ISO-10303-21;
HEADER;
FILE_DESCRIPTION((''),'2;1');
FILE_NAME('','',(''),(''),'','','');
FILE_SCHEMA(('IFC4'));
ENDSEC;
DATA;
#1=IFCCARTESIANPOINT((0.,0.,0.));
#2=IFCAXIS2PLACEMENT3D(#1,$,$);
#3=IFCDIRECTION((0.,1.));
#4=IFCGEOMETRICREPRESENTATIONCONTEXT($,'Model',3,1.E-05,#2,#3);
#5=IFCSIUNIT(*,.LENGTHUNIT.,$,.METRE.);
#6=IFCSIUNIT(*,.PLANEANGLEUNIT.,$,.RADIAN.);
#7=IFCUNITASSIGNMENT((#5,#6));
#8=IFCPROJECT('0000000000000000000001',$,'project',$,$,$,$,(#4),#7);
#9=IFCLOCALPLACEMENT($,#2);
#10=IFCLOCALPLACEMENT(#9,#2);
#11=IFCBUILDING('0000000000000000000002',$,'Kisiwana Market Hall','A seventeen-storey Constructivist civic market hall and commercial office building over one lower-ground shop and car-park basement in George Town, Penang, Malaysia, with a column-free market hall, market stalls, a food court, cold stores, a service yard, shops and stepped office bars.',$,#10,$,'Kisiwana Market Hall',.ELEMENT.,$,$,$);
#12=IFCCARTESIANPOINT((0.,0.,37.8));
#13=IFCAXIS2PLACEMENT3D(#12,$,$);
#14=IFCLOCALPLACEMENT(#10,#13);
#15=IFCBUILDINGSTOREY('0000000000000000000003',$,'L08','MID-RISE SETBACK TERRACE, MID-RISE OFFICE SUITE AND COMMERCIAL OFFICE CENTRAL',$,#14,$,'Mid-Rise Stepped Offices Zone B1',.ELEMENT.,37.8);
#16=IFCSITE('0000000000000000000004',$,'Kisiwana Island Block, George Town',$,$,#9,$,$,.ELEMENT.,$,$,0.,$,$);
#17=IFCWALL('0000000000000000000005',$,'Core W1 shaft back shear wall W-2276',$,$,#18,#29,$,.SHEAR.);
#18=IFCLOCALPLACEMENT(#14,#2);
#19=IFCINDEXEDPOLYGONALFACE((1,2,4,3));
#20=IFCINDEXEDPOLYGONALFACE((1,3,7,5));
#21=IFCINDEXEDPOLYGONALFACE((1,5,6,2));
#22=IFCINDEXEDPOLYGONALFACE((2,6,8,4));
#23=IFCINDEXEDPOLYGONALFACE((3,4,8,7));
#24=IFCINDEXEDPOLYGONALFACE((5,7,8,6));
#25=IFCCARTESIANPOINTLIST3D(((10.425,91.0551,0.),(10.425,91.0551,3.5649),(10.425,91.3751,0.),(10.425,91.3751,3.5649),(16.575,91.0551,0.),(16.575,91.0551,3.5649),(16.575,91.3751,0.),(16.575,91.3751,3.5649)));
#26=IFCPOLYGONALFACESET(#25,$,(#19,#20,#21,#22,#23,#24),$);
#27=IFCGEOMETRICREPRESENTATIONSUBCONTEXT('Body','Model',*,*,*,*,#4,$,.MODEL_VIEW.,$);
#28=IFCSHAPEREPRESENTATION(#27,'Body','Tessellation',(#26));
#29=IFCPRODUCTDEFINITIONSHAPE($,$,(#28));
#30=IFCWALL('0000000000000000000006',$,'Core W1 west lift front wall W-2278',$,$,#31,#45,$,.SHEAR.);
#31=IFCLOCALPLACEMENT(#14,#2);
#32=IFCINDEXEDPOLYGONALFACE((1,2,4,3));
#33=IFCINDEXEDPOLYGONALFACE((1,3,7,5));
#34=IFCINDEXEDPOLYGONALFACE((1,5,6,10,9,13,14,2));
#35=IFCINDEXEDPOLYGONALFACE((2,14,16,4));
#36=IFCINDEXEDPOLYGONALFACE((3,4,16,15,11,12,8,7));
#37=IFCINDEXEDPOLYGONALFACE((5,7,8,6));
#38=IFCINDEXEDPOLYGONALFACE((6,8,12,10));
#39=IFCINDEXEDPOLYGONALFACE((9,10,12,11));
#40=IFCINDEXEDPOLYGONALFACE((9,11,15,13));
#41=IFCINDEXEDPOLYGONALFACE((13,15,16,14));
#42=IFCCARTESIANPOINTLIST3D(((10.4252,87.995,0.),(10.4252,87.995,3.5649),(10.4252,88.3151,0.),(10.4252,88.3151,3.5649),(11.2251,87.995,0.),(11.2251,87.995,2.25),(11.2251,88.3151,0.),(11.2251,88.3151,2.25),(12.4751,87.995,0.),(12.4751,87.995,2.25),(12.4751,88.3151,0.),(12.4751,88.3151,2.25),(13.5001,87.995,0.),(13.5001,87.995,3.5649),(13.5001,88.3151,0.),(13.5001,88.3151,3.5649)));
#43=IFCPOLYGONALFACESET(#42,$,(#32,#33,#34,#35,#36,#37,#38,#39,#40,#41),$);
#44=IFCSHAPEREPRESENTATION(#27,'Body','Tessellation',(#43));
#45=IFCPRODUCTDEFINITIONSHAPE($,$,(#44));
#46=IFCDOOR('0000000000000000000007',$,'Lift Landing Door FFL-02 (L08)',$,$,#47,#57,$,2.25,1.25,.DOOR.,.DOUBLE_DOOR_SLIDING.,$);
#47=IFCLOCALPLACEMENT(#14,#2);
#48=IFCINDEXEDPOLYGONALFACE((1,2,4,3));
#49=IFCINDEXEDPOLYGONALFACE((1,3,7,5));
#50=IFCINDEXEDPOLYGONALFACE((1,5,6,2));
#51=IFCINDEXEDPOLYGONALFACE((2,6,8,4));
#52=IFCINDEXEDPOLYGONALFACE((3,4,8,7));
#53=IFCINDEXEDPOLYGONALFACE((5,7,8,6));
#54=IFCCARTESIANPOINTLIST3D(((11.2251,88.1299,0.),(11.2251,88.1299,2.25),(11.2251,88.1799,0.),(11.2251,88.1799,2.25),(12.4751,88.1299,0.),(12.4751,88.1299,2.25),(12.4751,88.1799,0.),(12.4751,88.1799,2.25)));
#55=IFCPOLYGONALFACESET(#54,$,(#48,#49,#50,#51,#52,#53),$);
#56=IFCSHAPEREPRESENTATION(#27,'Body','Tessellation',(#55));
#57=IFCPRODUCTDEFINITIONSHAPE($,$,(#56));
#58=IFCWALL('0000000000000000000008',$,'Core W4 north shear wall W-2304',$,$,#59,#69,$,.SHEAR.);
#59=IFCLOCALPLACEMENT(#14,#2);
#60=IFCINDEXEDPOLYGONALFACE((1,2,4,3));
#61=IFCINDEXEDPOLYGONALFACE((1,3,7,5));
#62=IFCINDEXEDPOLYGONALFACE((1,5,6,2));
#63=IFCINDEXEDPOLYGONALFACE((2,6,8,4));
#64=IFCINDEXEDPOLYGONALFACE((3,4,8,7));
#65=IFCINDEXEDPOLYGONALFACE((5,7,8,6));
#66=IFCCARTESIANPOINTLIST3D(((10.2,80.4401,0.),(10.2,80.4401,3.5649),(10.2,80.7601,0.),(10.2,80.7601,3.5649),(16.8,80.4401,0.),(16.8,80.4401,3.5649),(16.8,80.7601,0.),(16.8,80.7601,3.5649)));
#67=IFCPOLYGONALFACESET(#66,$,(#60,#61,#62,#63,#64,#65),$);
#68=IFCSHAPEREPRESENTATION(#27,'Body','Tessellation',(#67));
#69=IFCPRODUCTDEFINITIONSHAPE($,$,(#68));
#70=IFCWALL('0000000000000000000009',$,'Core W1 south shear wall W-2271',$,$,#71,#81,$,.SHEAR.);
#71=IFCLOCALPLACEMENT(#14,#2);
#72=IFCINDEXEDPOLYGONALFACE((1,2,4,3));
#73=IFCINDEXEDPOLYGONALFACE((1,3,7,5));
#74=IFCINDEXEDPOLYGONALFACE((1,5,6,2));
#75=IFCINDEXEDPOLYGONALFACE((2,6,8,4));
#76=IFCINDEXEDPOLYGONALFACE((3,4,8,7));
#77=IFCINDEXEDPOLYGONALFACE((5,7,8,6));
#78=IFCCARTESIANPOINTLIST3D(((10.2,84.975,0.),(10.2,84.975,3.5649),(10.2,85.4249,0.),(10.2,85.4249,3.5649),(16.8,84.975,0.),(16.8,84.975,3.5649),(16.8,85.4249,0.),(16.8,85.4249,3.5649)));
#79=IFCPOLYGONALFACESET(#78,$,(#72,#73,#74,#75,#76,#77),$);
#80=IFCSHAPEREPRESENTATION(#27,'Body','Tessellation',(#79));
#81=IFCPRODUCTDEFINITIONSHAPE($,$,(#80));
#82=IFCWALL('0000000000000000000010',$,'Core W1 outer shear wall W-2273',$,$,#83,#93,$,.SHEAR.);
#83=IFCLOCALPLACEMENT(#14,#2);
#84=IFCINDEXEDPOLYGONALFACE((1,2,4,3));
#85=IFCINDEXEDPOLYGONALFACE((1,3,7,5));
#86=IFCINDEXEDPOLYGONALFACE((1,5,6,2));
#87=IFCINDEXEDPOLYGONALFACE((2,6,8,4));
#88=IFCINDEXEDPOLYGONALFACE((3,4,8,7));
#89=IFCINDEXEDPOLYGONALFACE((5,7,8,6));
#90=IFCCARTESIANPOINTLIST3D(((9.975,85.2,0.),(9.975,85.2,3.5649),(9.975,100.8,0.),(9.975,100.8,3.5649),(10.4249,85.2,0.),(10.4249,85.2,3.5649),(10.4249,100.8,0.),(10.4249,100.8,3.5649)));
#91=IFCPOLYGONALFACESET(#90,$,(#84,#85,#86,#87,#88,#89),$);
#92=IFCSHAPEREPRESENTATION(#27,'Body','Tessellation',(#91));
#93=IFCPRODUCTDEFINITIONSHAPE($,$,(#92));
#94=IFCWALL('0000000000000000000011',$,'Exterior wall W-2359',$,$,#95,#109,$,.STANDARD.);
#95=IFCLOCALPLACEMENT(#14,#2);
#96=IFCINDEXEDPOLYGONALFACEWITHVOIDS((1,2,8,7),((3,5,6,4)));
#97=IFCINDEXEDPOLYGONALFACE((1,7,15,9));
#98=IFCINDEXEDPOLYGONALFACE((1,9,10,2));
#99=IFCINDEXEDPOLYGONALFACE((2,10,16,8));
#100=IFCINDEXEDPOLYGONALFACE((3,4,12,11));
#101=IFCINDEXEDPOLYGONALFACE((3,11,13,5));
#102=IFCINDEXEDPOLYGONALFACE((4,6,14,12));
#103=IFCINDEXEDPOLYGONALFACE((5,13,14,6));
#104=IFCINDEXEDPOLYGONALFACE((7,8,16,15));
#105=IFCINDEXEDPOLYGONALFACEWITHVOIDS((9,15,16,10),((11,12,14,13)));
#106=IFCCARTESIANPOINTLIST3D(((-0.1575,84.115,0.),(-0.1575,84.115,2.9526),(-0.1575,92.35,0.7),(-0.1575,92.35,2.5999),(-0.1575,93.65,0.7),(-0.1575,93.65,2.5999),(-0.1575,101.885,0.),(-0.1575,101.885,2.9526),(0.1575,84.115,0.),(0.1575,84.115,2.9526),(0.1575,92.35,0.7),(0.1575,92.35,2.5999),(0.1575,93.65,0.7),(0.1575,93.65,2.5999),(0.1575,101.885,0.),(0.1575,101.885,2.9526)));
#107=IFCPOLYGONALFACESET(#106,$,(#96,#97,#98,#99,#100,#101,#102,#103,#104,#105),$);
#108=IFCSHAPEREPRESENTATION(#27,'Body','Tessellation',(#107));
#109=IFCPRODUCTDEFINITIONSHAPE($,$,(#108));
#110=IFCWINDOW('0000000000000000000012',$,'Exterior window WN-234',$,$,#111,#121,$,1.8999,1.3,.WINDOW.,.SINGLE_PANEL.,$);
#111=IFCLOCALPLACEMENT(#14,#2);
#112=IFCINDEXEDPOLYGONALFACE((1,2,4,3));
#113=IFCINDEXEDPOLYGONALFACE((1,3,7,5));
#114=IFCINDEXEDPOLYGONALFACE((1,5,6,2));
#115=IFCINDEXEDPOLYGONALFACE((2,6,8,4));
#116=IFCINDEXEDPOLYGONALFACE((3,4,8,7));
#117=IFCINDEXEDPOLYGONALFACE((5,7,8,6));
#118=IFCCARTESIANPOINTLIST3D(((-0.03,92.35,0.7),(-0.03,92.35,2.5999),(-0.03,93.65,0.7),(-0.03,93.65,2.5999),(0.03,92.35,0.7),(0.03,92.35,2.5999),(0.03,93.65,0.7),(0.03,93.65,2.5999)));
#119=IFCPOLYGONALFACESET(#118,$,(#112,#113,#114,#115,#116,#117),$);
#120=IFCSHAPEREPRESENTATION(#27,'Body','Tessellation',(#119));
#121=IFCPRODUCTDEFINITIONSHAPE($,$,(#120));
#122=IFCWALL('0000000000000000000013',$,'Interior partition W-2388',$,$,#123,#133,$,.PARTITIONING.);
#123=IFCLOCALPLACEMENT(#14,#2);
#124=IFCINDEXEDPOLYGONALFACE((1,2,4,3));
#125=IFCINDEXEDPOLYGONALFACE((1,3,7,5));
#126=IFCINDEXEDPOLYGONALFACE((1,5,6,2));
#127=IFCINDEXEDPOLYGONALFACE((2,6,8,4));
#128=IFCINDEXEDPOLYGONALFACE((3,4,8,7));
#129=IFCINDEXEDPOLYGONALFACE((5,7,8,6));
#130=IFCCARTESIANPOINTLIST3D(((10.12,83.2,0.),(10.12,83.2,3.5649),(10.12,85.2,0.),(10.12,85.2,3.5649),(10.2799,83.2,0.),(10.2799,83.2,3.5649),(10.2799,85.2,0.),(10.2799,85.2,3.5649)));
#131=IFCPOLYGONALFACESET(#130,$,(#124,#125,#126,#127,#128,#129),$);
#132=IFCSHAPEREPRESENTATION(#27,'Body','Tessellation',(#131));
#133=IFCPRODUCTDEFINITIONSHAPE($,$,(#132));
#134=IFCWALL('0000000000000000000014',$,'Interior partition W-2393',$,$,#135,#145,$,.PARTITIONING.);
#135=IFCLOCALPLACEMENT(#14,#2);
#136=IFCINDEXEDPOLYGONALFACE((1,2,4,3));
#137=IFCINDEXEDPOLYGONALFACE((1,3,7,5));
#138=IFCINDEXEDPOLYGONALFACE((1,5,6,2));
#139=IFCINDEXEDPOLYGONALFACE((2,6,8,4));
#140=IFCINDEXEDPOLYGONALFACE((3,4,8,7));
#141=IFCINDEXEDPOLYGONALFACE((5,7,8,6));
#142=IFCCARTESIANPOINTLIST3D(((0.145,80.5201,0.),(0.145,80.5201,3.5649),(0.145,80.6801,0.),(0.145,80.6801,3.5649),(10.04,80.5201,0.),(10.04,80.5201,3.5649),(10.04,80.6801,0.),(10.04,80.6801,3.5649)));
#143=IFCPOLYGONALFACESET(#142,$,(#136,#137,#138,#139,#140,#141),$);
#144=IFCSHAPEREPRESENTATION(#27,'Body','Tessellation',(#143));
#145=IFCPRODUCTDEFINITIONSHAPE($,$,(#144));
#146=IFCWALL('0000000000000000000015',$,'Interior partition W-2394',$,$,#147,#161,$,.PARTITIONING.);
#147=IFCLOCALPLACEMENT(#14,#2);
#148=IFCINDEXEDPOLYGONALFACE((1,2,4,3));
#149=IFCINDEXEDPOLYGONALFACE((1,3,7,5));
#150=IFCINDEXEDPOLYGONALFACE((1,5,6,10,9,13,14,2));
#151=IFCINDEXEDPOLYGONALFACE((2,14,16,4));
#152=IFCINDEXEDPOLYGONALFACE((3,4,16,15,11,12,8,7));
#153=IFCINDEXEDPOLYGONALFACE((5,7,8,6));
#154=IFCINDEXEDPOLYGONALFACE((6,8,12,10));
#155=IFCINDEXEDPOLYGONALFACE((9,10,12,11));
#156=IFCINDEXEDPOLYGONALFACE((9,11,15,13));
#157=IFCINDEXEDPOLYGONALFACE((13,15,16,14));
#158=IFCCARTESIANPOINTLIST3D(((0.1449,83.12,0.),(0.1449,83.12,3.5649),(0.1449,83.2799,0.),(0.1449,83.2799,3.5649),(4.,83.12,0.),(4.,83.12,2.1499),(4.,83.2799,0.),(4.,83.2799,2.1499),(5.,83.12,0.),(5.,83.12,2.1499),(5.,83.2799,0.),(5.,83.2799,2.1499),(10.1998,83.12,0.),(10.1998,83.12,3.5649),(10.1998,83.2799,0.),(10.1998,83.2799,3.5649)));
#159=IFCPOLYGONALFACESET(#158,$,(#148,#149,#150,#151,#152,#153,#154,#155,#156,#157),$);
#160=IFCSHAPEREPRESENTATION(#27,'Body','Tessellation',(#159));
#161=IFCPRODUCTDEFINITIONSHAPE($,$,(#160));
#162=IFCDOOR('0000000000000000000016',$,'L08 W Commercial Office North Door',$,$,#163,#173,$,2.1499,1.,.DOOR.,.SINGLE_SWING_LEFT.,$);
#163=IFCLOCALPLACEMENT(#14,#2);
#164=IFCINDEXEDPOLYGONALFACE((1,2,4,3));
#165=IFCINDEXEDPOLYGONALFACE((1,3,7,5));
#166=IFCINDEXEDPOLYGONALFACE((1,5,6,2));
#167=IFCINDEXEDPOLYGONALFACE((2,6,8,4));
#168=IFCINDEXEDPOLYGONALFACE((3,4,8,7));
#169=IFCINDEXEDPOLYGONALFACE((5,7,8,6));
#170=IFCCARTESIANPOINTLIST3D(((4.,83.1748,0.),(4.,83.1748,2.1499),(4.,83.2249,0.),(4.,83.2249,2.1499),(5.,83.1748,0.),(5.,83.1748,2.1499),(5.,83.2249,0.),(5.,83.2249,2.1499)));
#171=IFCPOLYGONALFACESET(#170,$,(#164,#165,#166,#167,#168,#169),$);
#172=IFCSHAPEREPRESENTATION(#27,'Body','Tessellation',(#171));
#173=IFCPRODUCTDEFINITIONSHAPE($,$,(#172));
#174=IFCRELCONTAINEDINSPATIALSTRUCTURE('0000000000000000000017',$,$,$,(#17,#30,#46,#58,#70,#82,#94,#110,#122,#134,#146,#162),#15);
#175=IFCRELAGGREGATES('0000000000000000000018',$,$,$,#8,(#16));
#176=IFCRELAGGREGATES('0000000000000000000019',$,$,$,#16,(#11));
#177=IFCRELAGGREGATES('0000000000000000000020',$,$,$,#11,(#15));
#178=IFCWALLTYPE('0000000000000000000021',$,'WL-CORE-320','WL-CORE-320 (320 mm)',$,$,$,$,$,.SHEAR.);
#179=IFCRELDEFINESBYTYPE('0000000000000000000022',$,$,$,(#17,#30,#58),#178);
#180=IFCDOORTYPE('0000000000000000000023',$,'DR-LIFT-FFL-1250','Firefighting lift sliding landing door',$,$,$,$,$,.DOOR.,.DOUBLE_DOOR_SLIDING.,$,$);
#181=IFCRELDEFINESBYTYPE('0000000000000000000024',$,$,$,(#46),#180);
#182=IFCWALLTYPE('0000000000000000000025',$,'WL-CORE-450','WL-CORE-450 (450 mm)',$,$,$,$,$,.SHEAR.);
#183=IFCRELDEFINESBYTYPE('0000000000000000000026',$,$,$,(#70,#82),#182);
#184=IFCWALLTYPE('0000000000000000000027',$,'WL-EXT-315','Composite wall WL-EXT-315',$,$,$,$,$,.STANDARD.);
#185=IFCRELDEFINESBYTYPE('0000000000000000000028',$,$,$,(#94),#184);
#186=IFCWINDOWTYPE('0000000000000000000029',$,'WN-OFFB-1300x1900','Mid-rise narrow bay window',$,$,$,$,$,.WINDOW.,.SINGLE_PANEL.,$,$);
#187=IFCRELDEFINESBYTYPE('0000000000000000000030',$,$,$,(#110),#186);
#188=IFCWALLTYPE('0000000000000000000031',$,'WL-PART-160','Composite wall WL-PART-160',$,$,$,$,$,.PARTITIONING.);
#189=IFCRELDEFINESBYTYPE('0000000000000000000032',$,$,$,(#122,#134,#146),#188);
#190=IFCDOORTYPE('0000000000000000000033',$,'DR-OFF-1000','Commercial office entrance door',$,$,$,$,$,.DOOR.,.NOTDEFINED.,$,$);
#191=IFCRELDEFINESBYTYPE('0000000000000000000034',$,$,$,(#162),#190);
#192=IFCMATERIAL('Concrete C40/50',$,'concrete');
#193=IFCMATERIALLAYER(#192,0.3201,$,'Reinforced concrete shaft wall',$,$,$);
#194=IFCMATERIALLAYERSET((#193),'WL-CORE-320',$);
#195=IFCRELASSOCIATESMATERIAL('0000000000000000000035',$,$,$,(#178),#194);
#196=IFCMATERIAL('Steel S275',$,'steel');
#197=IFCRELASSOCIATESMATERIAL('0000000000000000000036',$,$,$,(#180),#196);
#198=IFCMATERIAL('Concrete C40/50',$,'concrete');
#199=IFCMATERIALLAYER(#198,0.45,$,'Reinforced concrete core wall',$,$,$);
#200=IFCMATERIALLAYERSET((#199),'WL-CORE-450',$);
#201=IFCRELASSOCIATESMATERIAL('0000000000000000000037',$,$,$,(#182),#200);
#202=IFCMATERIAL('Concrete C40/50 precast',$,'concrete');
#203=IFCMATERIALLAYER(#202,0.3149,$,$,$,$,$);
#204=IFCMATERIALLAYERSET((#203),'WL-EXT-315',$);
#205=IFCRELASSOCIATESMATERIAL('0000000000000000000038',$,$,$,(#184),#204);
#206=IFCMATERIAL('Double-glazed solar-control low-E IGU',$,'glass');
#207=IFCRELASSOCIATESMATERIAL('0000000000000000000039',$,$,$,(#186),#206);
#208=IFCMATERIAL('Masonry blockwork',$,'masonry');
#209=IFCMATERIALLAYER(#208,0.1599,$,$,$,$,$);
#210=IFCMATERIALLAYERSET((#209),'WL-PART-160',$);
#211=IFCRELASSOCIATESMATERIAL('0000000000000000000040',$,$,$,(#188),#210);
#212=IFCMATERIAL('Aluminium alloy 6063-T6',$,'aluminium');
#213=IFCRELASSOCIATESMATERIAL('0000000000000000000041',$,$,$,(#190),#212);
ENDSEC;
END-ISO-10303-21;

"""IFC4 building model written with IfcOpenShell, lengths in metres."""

from ifc_helpers import new_model, si_unit, direction, frame, frame_2d, origin, place, context, subcontext, project, spatial, rectangle, extrude, material, layer, layer_set, type_object, element, fill, save


model = new_model("IFC4")

# Units and contexts
model_context = context("Model", 3, precision=1e-05, world=origin(), true_north=direction((0.0, 1.0)))
body_context = subcontext(model_context, "Body", "Model", "MODEL_VIEW")
ifc_project = project(units=[si_unit("LENGTHUNIT", "METRE"), si_unit("PLANEANGLEUNIT", "RADIAN")], contexts=[model_context])

# Site, building, storey
site_placement = place(None, origin())
site = spatial("IfcSite", under=ifc_project, at=site_placement, Name="Kisiwana Island Block, George Town", CompositionType="ELEMENT", RefElevation=0.0)
building_placement = place(site_placement, origin())
building = spatial("IfcBuilding", under=site, at=building_placement, Name="Kisiwana Market Hall", Description="A seventeen-storey Constructivist civic market hall and commercial office building over one lower-ground shop and car-park basement in George Town, Penang, Malaysia, with a column-free market hall, market stalls, a food court, cold stores, a service yard, shops and stepped office bars.", LongName="Kisiwana Market Hall", CompositionType="ELEMENT")
storey_placement = place(building_placement, frame((0.0, 0.0, 37.8)))
storey = spatial("IfcBuildingStorey", under=building, at=storey_placement, Name="L08", Description="MID-RISE SETBACK TERRACE, MID-RISE OFFICE SUITE AND COMMERCIAL OFFICE CENTRAL", LongName="Mid-Rise Stepped Offices Zone B1", CompositionType="ELEMENT", Elevation=37.8)

# Wall
ifc_material_1 = material(Name="Concrete C40/50", Category="concrete")
ifc_layer_1 = layer(ifc_material_1, 0.3201, Name="Reinforced concrete shaft wall")
ifc_layer_set_1 = layer_set([ifc_layer_1], Name="WL-CORE-320")
wall_type_1 = type_object("IfcWallType", Name="WL-CORE-320", Description="WL-CORE-320 (320 mm)", PredefinedType="SHEAR", material=ifc_layer_set_1)
wall_1_placement = place(storey_placement, frame((10.425, 91.2151, 0.0), z_axis=(0.0, 0.0, 1.0), x_axis=(1.0, 0.0, 0.0)))
element("IfcWall", 1, at=wall_1_placement, inside=storey, type_object=wall_type_1, Name="Core W1 shaft back shear wall W-2276", PredefinedType="SHEAR", context=body_context, shape_type="SweptSolid", body=[
    extrude(rectangle(XDim=6.1499, YDim=0.3201, at=frame_2d((3.075, 0.0))), origin(), (0.0, 0.0, 1.0), 3.5649),
])

# Wall, opening, door
wall_2_placement = place(storey_placement, frame((10.425, 88.155, 0.0), z_axis=(0.0, 0.0, 1.0), x_axis=(1.0, 0.0, 0.0)))
wall_2 = element("IfcWall", 2, at=wall_2_placement, inside=storey, type_object=wall_type_1, Name="Core W1 west lift front wall W-2278", PredefinedType="SHEAR", context=body_context, shape_type="SweptSolid", body=[
    extrude(rectangle(XDim=3.075, YDim=0.3201, at=frame_2d((1.5376, 0.0))), origin(), (0.0, 0.0, 1.0), 3.5649),
])
opening_1_placement = place(wall_2_placement, frame((0.8, 0.0, 0.0)))
opening_1 = element("IfcOpeningElement", 3, at=opening_1_placement, cuts=wall_2, PredefinedType="OPENING", context=body_context, shape_type="SweptSolid", body=[
    extrude(rectangle(XDim=1.25, YDim=2.25, at=frame_2d((0.625, 1.125))), frame((0.0, 0.1719, 0.0), z_axis=(0.0, -1.0, 0.0), x_axis=(1.0, 0.0, 0.0)), (0.0, 0.0, 1.0), 0.344),
])
ifc_material_2 = material(Name="Steel S275", Category="steel")
door_type_1 = type_object("IfcDoorType", Name="DR-LIFT-FFL-1250", Description="Firefighting lift sliding landing door", OperationType="DOUBLE_DOOR_SLIDING", PredefinedType="DOOR", material=ifc_material_2)
door_1_placement = place(opening_1_placement, origin())
door_1 = element("IfcDoor", 4, at=door_1_placement, inside=storey, type_object=door_type_1, Name="Lift Landing Door FFL-02 (L08)", OperationType="DOUBLE_DOOR_SLIDING", OverallHeight=2.25, OverallWidth=1.25, PredefinedType="DOOR", context=body_context, shape_type="SweptSolid", body=[
    extrude(rectangle(XDim=1.25, YDim=2.25, at=frame_2d((0.625, 1.125))), frame((0.0, 0.0249, 0.0), z_axis=(0.0, -1.0, 0.0), x_axis=(1.0, 0.0, 0.0)), (0.0, 0.0, 1.0), 0.05),
])
fill(opening_1, door_1)

# Walls
wall_3_placement = place(storey_placement, frame((10.2, 80.6001, 0.0), z_axis=(0.0, 0.0, 1.0), x_axis=(1.0, 0.0, 0.0)))
element("IfcWall", 5, at=wall_3_placement, inside=storey, type_object=wall_type_1, Name="Core W4 north shear wall W-2304", PredefinedType="SHEAR", context=body_context, shape_type="SweptSolid", body=[
    extrude(rectangle(XDim=6.6001, YDim=0.3201, at=frame_2d((3.3, 0.0))), origin(), (0.0, 0.0, 1.0), 3.5649),
])
ifc_material_3 = material(Name="Concrete C40/50", Category="concrete")
ifc_layer_2 = layer(ifc_material_3, 0.45, Name="Reinforced concrete core wall")
ifc_layer_set_2 = layer_set([ifc_layer_2], Name="WL-CORE-450")
wall_type_2 = type_object("IfcWallType", Name="WL-CORE-450", Description="WL-CORE-450 (450 mm)", PredefinedType="SHEAR", material=ifc_layer_set_2)
wall_4_placement = place(storey_placement, frame((10.2, 85.2, 0.0), z_axis=(0.0, 0.0, 1.0), x_axis=(1.0, 0.0, 0.0)))
element("IfcWall", 6, at=wall_4_placement, inside=storey, type_object=wall_type_2, Name="Core W1 south shear wall W-2271", PredefinedType="SHEAR", context=body_context, shape_type="SweptSolid", body=[
    extrude(rectangle(XDim=6.6001, YDim=0.45, at=frame_2d((3.3, 0.0))), origin(), (0.0, 0.0, 1.0), 3.5649),
])
wall_5_placement = place(storey_placement, frame((10.2, 85.2, 0.0), z_axis=(0.0, 0.0, 1.0), x_axis=(0.0, 1.0, 0.0)))
element("IfcWall", 7, at=wall_5_placement, inside=storey, type_object=wall_type_2, Name="Core W1 outer shear wall W-2273", PredefinedType="SHEAR", context=body_context, shape_type="SweptSolid", body=[
    extrude(rectangle(XDim=15.6001, YDim=0.45, at=frame_2d((7.8, 0.0))), origin(), (0.0, 0.0, 1.0), 3.5649),
])

# Wall, opening, window
ifc_material_4 = material(Name="Concrete C40/50 precast", Category="concrete")
ifc_layer_3 = layer(ifc_material_4, 0.3149)
ifc_layer_set_3 = layer_set([ifc_layer_3], Name="WL-EXT-315")
wall_type_3 = type_object("IfcWallType", Name="WL-EXT-315", Description="Composite wall WL-EXT-315", PredefinedType="STANDARD", material=ifc_layer_set_3)
wall_6_placement = place(storey_placement, frame((0.0, 84.115, 0.0), z_axis=(0.0, 0.0, 1.0), x_axis=(0.0, 1.0, 0.0)))
wall_6 = element("IfcWall", 8, at=wall_6_placement, inside=storey, type_object=wall_type_3, Name="Exterior wall W-2359", PredefinedType="STANDARD", context=body_context, shape_type="SweptSolid", body=[
    extrude(rectangle(XDim=17.77, YDim=0.3149, at=frame_2d((8.885, 0.0))), origin(), (0.0, 0.0, 1.0), 2.9526),
])
opening_2_placement = place(wall_6_placement, frame((8.2351, 0.0, 0.7)))
opening_2 = element("IfcOpeningElement", 9, at=opening_2_placement, cuts=wall_6, PredefinedType="OPENING", context=body_context, shape_type="SweptSolid", body=[
    extrude(rectangle(XDim=1.3, YDim=1.8999, at=frame_2d((0.6499, 0.95))), frame((0.0, 0.1694, 0.0), z_axis=(0.0, -1.0, 0.0), x_axis=(1.0, 0.0, 0.0)), (0.0, 0.0, 1.0), 0.3389),
])
ifc_material_5 = material(Name="Double-glazed solar-control low-E IGU", Category="glass")
window_type = type_object("IfcWindowType", Name="WN-OFFB-1300x1900", Description="Mid-rise narrow bay window", PartitioningType="SINGLE_PANEL", PredefinedType="WINDOW", material=ifc_material_5)
window_placement = place(opening_2_placement, origin())
window = element("IfcWindow", 10, at=window_placement, inside=storey, type_object=window_type, Name="Exterior window WN-234", OverallHeight=1.8999, OverallWidth=1.3, PartitioningType="SINGLE_PANEL", PredefinedType="WINDOW", context=body_context, shape_type="SweptSolid", body=[
    extrude(rectangle(XDim=1.3, YDim=1.8999, at=frame_2d((0.6499, 0.95))), frame((0.0, 0.03, 0.0), z_axis=(0.0, -1.0, 0.0), x_axis=(1.0, 0.0, 0.0)), (0.0, 0.0, 1.0), 0.0601),
])
fill(opening_2, window)

# Walls
ifc_material_6 = material(Name="Masonry blockwork", Category="masonry")
ifc_layer_4 = layer(ifc_material_6, 0.1599)
ifc_layer_set_4 = layer_set([ifc_layer_4], Name="WL-PART-160")
wall_type_4 = type_object("IfcWallType", Name="WL-PART-160", Description="Composite wall WL-PART-160", PredefinedType="PARTITIONING", material=ifc_layer_set_4)
wall_7_placement = place(storey_placement, frame((10.2, 83.2, 0.0), z_axis=(0.0, 0.0, 1.0), x_axis=(0.0, 1.0, 0.0)))
element("IfcWall", 11, at=wall_7_placement, inside=storey, type_object=wall_type_4, Name="Interior partition W-2388", PredefinedType="PARTITIONING", context=body_context, shape_type="SweptSolid", body=[
    extrude(rectangle(XDim=2.0, YDim=0.1599, at=frame_2d((1.0, 0.0))), origin(), (0.0, 0.0, 1.0), 3.5649),
])
wall_8_placement = place(storey_placement, frame((0.145, 80.6001, 0.0), z_axis=(0.0, 0.0, 1.0), x_axis=(1.0, 0.0, 0.0)))
element("IfcWall", 12, at=wall_8_placement, inside=storey, type_object=wall_type_4, Name="Interior partition W-2393", PredefinedType="PARTITIONING", context=body_context, shape_type="SweptSolid", body=[
    extrude(rectangle(XDim=9.895, YDim=0.1599, at=frame_2d((4.9475, 0.0))), origin(), (0.0, 0.0, 1.0), 3.5649),
])

# Wall, opening, door
wall_9_placement = place(storey_placement, frame((0.145, 83.2, 0.0), z_axis=(0.0, 0.0, 1.0), x_axis=(1.0, 0.0, 0.0)))
wall_9 = element("IfcWall", 13, at=wall_9_placement, inside=storey, type_object=wall_type_4, Name="Interior partition W-2394", PredefinedType="PARTITIONING", context=body_context, shape_type="SweptSolid", body=[
    extrude(rectangle(XDim=10.0549, YDim=0.1599, at=frame_2d((5.0273, 0.0))), origin(), (0.0, 0.0, 1.0), 3.5649),
])
opening_3_placement = place(wall_9_placement, frame((3.855, 0.0, 0.0)))
opening_3 = element("IfcOpeningElement", 14, at=opening_3_placement, cuts=wall_9, PredefinedType="OPENING", context=body_context, shape_type="SweptSolid", body=[
    extrude(rectangle(XDim=1.0, YDim=2.1499, at=frame_2d((0.5, 1.075))), frame((0.0, 0.0918, 0.0), z_axis=(0.0, -1.0, 0.0), x_axis=(1.0, 0.0, 0.0)), (0.0, 0.0, 1.0), 0.1838),
])
ifc_material_7 = material(Name="Aluminium alloy 6063-T6", Category="aluminium")
door_type_2 = type_object("IfcDoorType", Name="DR-OFF-1000", Description="Commercial office entrance door", OperationType="NOTDEFINED", PredefinedType="DOOR", material=ifc_material_7)
door_2_placement = place(opening_3_placement, origin())
door_2 = element("IfcDoor", 15, at=door_2_placement, inside=storey, type_object=door_type_2, Name="L08 W Commercial Office North Door", OperationType="SINGLE_SWING_LEFT", OverallHeight=2.1499, OverallWidth=1.0, PredefinedType="DOOR", context=body_context, shape_type="SweptSolid", body=[
    extrude(rectangle(XDim=1.0, YDim=2.1499, at=frame_2d((0.5, 1.075))), frame((0.0, 0.0249, 0.0), z_axis=(0.0, -1.0, 0.0), x_axis=(1.0, 0.0, 0.0)), (0.0, 0.0, 1.0), 0.05),
])
fill(opening_3, door_2)

save(model, "model.ifc")
